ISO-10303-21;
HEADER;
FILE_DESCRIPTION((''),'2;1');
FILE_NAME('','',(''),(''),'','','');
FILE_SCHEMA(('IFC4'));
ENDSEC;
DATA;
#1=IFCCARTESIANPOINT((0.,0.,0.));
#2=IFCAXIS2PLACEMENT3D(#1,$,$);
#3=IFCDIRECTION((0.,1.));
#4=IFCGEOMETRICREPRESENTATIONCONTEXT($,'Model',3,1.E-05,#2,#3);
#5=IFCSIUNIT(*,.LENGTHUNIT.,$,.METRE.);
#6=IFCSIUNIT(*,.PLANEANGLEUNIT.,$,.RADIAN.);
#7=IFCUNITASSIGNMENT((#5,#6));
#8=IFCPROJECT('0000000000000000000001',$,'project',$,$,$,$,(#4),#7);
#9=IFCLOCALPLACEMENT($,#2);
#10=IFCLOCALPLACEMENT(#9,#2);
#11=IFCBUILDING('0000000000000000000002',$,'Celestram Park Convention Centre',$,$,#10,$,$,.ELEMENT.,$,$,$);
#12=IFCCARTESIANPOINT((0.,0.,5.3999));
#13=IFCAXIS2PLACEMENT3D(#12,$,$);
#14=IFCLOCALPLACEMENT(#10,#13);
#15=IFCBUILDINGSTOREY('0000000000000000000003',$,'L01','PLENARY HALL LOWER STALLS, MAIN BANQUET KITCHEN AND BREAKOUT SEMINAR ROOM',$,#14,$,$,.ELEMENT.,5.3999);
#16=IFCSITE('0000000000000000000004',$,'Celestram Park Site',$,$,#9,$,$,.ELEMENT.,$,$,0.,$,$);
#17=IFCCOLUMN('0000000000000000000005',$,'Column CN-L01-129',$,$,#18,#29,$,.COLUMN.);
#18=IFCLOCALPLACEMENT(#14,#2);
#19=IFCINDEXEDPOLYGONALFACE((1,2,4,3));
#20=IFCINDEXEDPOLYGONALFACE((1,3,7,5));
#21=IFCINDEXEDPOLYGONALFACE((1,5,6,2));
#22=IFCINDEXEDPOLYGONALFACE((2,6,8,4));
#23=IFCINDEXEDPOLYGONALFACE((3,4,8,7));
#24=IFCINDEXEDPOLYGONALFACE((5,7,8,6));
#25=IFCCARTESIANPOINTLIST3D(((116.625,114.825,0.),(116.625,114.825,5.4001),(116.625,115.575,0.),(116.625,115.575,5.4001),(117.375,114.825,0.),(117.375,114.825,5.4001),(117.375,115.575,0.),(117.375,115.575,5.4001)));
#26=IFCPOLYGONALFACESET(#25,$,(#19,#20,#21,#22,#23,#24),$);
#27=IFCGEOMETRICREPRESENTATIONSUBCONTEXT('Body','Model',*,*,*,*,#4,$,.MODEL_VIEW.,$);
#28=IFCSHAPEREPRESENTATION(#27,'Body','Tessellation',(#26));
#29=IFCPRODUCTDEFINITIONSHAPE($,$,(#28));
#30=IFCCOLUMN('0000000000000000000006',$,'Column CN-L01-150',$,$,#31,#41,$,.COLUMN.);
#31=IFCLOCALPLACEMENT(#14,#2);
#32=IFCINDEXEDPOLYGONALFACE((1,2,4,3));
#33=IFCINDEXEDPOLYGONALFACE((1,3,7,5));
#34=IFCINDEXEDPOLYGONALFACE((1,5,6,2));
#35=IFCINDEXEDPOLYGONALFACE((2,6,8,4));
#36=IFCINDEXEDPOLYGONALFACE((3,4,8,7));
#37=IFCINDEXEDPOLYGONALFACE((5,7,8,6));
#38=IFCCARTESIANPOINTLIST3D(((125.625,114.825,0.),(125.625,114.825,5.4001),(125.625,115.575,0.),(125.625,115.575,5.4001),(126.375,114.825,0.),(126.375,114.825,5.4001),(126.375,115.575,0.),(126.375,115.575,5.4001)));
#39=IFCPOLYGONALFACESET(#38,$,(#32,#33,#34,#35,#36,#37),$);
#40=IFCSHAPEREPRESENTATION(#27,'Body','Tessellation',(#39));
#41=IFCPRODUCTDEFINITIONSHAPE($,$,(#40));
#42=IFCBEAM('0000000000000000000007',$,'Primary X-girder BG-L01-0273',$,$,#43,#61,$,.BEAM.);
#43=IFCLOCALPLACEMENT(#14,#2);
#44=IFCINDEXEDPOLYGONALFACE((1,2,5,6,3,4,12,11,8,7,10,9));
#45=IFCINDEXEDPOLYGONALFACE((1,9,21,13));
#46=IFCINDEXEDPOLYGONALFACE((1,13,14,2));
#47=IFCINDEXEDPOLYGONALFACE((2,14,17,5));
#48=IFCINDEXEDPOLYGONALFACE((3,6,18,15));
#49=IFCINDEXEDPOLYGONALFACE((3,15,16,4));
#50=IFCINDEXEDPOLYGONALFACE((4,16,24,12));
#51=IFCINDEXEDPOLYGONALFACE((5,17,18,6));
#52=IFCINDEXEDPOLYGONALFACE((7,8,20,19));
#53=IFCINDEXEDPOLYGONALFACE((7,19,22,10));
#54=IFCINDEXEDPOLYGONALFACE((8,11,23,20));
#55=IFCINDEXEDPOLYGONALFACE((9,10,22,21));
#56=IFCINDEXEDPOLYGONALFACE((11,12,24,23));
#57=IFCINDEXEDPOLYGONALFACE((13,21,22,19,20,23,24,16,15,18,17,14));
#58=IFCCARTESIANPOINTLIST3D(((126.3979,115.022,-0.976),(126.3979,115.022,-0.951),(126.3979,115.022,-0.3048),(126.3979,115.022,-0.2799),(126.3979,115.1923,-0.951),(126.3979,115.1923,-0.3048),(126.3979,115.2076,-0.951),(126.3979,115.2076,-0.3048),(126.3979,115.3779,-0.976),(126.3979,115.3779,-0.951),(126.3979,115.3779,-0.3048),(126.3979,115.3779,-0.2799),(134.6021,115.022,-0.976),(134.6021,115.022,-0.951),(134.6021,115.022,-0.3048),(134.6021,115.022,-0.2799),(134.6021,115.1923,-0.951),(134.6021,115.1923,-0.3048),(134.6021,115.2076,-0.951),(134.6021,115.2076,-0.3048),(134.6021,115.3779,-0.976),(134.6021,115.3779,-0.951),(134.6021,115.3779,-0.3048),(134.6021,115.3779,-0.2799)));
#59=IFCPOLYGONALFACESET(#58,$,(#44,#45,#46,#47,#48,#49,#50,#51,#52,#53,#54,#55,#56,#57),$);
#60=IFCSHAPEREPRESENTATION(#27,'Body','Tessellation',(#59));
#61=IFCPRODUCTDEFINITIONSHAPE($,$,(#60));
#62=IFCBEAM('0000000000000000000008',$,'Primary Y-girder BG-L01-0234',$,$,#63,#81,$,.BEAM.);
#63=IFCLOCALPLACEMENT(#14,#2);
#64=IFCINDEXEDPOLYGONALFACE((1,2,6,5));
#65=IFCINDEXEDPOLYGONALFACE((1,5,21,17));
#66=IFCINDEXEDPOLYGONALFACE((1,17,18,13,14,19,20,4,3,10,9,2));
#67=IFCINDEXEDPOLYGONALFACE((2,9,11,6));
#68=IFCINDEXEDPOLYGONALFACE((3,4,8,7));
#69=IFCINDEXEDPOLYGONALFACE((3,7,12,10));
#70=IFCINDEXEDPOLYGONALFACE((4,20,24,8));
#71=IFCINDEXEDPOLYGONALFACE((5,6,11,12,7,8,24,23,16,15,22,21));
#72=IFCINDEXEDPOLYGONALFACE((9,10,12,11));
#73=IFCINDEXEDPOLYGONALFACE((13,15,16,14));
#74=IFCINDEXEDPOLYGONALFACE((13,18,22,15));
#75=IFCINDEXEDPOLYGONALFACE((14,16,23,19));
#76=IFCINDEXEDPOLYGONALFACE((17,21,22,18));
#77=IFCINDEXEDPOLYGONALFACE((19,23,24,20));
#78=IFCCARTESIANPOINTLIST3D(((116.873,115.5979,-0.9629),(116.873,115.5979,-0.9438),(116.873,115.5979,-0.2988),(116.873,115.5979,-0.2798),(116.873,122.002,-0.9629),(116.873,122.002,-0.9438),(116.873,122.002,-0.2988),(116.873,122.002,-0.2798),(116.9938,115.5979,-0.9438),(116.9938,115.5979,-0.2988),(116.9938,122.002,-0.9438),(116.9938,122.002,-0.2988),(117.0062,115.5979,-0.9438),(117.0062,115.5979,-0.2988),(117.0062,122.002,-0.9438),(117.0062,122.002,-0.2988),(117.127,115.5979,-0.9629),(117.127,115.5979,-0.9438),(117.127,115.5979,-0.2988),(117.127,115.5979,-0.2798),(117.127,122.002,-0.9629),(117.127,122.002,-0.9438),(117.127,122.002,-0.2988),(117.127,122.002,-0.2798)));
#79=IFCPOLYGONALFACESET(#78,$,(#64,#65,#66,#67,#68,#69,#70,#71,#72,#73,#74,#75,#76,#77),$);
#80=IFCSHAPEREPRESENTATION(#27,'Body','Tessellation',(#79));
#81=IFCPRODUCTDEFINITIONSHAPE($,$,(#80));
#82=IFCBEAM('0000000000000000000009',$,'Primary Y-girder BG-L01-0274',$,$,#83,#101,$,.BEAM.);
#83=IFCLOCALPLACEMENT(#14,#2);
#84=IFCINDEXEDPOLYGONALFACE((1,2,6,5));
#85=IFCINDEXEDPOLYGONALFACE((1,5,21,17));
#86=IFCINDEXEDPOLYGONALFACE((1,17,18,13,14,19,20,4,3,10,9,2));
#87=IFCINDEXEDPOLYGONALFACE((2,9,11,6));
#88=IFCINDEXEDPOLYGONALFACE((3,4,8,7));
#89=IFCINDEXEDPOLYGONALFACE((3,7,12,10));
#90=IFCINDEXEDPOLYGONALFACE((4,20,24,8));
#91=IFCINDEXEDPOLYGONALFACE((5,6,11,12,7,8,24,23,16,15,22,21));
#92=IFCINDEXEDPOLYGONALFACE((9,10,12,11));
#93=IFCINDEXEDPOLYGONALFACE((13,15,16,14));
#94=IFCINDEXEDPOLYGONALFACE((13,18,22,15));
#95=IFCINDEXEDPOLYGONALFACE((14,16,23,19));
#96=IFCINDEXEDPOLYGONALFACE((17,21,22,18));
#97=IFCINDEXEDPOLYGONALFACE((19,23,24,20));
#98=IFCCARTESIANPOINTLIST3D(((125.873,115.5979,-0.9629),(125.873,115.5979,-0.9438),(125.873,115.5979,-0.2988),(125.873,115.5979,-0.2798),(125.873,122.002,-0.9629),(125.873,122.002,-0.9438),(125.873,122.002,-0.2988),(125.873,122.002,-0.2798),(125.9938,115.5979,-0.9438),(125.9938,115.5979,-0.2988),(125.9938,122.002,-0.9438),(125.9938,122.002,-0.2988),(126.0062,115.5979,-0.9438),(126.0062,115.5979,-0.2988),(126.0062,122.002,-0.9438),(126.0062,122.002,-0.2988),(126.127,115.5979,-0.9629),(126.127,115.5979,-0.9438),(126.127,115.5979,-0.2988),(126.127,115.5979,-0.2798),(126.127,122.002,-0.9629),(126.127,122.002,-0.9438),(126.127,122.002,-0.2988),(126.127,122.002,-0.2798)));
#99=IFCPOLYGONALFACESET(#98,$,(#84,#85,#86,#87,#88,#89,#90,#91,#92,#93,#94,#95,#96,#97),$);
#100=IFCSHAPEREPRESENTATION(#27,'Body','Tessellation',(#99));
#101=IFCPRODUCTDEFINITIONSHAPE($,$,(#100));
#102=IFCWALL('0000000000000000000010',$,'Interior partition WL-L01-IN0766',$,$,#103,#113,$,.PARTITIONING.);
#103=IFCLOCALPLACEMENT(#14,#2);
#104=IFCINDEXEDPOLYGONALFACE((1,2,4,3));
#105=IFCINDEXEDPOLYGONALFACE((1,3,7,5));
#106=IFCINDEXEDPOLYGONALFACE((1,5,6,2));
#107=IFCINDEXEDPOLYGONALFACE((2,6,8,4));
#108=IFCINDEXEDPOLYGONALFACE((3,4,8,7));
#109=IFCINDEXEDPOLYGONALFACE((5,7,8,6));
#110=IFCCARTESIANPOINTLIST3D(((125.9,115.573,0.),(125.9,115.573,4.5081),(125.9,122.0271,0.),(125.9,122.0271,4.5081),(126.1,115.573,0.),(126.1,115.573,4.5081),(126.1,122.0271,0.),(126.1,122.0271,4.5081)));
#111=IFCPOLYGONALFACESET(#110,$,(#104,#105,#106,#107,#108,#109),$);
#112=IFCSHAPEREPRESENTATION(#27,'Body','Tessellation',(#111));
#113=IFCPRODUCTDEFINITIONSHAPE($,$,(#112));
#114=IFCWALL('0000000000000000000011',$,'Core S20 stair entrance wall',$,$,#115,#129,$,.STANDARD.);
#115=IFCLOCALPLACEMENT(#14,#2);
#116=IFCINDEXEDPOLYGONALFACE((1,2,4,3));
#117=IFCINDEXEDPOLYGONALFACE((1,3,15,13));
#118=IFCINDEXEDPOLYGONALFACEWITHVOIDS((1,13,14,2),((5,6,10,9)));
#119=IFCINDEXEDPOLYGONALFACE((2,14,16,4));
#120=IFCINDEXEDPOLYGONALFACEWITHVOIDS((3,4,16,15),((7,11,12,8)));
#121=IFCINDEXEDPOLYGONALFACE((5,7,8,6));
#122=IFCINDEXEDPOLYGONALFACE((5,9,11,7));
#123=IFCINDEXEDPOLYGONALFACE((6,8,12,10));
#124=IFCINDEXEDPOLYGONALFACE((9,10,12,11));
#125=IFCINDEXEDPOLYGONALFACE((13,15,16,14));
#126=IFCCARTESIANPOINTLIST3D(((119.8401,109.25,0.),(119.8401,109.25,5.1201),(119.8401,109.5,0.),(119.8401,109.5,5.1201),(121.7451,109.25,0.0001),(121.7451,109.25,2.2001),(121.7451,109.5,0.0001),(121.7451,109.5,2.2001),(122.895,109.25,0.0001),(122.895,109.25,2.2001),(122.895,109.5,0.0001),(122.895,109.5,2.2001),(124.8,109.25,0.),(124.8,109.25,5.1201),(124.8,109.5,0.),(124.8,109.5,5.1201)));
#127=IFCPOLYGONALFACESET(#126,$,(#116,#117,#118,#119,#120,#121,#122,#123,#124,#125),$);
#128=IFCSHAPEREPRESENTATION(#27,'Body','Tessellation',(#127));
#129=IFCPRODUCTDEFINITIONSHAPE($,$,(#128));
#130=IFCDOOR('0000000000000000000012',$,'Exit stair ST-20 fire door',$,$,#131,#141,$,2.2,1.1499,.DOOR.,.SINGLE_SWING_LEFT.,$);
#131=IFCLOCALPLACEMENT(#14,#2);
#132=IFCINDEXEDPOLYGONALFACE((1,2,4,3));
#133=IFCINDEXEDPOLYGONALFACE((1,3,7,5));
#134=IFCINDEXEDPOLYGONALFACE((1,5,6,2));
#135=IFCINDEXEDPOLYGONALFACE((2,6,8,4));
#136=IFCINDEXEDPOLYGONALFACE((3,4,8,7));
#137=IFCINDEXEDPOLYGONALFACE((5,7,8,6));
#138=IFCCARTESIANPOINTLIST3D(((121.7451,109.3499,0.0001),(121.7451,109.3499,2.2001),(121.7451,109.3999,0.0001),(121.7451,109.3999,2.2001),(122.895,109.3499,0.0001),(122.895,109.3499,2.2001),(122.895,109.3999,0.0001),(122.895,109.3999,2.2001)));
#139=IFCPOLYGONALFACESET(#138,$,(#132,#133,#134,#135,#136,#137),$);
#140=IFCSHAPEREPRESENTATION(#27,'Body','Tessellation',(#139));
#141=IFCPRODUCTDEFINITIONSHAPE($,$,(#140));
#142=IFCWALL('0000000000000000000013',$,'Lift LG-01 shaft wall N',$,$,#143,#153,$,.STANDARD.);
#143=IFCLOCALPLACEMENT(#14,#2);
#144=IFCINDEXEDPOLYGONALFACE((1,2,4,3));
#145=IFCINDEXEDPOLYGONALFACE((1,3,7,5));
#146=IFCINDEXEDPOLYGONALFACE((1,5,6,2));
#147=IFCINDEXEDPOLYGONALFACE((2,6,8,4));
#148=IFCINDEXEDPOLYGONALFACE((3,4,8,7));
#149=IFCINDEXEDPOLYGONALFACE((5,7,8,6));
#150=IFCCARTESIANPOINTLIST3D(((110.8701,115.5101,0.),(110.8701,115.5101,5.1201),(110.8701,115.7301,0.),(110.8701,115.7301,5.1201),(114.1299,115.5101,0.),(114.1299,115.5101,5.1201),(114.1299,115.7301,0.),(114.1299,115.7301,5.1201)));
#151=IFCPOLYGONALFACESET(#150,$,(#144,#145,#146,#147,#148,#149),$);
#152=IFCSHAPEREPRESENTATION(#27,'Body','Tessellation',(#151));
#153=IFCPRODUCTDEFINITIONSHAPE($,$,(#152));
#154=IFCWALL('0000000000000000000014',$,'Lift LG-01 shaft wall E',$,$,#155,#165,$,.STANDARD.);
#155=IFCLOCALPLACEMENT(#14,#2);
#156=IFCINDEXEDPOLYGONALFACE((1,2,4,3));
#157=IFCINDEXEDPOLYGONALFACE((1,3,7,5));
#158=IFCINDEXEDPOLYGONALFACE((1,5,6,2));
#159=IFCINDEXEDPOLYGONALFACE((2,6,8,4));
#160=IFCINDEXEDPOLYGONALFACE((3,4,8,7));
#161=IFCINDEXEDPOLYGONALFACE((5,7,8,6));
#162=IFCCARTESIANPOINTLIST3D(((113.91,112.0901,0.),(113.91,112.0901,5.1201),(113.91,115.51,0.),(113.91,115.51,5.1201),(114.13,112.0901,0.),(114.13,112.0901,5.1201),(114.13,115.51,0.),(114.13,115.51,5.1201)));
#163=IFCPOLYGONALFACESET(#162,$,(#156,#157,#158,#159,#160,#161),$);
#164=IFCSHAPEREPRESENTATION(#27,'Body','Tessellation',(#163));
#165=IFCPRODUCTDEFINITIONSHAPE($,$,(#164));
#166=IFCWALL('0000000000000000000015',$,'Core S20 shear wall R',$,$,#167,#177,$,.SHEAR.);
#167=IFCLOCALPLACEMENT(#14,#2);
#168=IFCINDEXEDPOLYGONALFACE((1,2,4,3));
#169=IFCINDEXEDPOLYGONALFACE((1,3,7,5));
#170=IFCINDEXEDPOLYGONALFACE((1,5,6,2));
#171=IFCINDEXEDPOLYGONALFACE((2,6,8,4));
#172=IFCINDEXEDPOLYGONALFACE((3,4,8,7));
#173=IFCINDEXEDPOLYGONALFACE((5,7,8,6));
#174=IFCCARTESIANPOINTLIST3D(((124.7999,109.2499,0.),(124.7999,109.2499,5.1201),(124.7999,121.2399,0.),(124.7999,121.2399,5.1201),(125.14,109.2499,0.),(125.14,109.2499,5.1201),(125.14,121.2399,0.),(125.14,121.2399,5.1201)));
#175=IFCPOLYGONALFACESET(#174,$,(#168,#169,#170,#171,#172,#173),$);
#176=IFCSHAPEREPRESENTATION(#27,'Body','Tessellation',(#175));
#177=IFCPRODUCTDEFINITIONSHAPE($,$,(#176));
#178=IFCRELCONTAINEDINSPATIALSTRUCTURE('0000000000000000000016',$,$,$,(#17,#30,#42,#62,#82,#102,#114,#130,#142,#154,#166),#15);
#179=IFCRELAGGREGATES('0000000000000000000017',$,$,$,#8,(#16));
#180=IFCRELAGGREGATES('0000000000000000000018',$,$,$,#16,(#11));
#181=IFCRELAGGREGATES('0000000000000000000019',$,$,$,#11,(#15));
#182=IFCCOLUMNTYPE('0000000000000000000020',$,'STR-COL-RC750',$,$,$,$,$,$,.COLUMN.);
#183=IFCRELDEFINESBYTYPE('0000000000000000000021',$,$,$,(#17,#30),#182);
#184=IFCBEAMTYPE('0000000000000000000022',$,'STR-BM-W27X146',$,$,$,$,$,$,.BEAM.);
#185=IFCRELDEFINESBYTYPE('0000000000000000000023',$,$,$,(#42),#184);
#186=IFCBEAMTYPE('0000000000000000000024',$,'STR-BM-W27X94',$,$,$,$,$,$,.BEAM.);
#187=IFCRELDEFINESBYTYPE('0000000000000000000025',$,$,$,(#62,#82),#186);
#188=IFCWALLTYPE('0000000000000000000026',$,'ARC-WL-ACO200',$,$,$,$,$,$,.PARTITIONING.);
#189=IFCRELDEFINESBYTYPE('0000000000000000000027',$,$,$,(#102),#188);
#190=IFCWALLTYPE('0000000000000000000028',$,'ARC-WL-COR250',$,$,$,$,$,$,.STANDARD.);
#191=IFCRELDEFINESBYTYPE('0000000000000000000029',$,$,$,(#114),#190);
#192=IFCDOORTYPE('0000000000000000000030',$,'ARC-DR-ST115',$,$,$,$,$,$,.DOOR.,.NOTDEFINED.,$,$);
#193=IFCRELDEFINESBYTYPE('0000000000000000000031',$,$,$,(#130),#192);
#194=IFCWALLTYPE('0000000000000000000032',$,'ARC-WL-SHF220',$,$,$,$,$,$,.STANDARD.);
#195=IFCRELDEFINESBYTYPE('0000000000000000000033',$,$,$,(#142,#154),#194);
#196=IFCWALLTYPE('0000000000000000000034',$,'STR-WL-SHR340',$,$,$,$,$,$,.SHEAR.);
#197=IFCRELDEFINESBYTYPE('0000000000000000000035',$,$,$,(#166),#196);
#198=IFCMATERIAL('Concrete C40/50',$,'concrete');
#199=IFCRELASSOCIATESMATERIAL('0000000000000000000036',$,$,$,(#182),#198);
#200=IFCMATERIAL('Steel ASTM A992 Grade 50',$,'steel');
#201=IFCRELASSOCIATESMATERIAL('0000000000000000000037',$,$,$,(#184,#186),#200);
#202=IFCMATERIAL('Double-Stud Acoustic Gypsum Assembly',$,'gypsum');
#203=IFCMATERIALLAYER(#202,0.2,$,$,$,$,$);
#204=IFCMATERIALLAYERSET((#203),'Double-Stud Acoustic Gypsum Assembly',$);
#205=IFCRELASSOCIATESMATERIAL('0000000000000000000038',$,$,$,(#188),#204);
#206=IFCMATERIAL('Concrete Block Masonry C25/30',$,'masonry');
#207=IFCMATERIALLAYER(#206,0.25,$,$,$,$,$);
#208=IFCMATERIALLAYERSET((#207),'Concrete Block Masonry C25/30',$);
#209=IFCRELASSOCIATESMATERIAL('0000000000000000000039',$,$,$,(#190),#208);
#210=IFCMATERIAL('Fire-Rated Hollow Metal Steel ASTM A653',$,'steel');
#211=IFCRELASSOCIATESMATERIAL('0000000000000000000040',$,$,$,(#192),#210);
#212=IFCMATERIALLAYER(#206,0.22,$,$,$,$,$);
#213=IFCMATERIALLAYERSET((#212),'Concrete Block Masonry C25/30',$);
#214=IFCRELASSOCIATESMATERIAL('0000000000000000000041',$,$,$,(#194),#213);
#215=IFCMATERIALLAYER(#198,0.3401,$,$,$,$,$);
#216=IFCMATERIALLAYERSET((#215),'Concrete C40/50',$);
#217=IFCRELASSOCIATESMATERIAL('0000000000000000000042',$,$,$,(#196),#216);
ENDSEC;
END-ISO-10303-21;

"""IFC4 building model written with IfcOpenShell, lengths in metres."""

from ifc_helpers import new_model, si_unit, direction, frame, frame_2d, origin, origin_2d, place, context, subcontext, project, spatial, rectangle, i_section, extrude, material, layer, layer_set, material_profile, profile_set, type_object, element, fill, save


model = new_model("IFC4")

# Units and contexts
model_context = context("Model", 3, precision=1e-05, world=origin(), true_north=direction((0.0, 1.0)))
body_context = subcontext(model_context, "Body", "Model", "MODEL_VIEW")
ifc_project = project(units=[si_unit("LENGTHUNIT", "METRE"), si_unit("PLANEANGLEUNIT", "RADIAN")], contexts=[model_context])

# Site, building, storey
site_placement = place(None, origin())
site = spatial("IfcSite", under=ifc_project, at=site_placement, Name="Celestram Park Site", CompositionType="ELEMENT", RefElevation=0.0)
building_placement = place(site_placement, origin())
building = spatial("IfcBuilding", under=site, at=building_placement, Name="Celestram Park Convention Centre", CompositionType="ELEMENT")
storey_placement = place(building_placement, frame((0.0, 0.0, 5.3999)))
storey = spatial("IfcBuildingStorey", under=building, at=storey_placement, Name="L01", Description="PLENARY HALL LOWER STALLS, MAIN BANQUET KITCHEN AND BREAKOUT SEMINAR ROOM", CompositionType="ELEMENT", Elevation=5.3999)

# Columns
ifc_material_1 = material(Name="Concrete C40/50", Category="concrete")
ifc_material_profile_1 = material_profile(ifc_material_1, rectangle(XDim=0.75, YDim=0.75, at=origin_2d()), Name="RC750X750")
ifc_profile_set_1 = profile_set([ifc_material_profile_1], Name="Concrete C40/50")
column_type = type_object("IfcColumnType", Name="STR-COL-RC750", PredefinedType="COLUMN", material=ifc_profile_set_1)
for number, where, z_axis, x_axis, name in (
    (1, (117.0, 115.2, 0.0), (0.0, 0.0, 1.0), (1.0, 0.0, 0.0), "Column CN-L01-129"),
    (2, (126.0, 115.2, 0.0), (0.0, 0.0, 1.0), (1.0, 0.0, 0.0), "Column CN-L01-150"),
):
    element("IfcColumn", number, at=place(storey_placement, frame(where, z_axis=z_axis, x_axis=x_axis)), inside=storey, type_object=column_type, Name=name, PredefinedType="COLUMN", context=body_context, shape_type="SweptSolid", body=[
        extrude(rectangle(XDim=0.75, YDim=0.75, at=origin_2d()), origin(), (0.0, 0.0, 1.0), 5.4001),
    ])

# Beams
ifc_material_2 = material(Name="Steel ASTM A992 Grade 50", Category="steel")
ifc_material_profile_2 = material_profile(ifc_material_2, i_section(OverallWidth=0.356, OverallDepth=0.696, WebThickness=0.0154, FlangeThickness=0.0249, at=origin_2d()), Name="W27X146")
ifc_profile_set_2 = profile_set([ifc_material_profile_2], Name="Steel ASTM A992 Grade 50")
beam_type_1 = type_object("IfcBeamType", Name="STR-BM-W27X146", PredefinedType="BEAM", material=ifc_profile_set_2)
beam_placement = place(storey_placement, frame((126.3979, 115.2, -0.6279), z_axis=(1.0, 0.0, 0.0), x_axis=(0.0, 1.0, 0.0)))
element("IfcBeam", 3, at=beam_placement, inside=storey, type_object=beam_type_1, Name="Primary X-girder BG-L01-0273", PredefinedType="BEAM", context=body_context, shape_type="SweptSolid", body=[
    extrude(i_section(OverallWidth=0.356, OverallDepth=0.696, WebThickness=0.0154, FlangeThickness=0.0249, at=origin_2d()), origin(), (0.0, 0.0, 1.0), 8.2041),
])
ifc_material_profile_3 = material_profile(ifc_material_2, i_section(OverallWidth=0.2539, OverallDepth=0.6831, WebThickness=0.0125, FlangeThickness=0.019, at=origin_2d()), Name="W27X94")
ifc_profile_set_3 = profile_set([ifc_material_profile_3], Name="Steel ASTM A992 Grade 50")
beam_type_2 = type_object("IfcBeamType", Name="STR-BM-W27X94", PredefinedType="BEAM", material=ifc_profile_set_3)
for number, where, z_axis, x_axis, name in (
    (4, (117.0, 115.5979, -0.6213), (0.0, 1.0, 0.0), (-1.0, 0.0, 0.0), "Primary Y-girder BG-L01-0234"),
    (5, (126.0, 115.5979, -0.6213), (0.0, 1.0, 0.0), (-1.0, 0.0, 0.0), "Primary Y-girder BG-L01-0274"),
):
    element("IfcBeam", number, at=place(storey_placement, frame(where, z_axis=z_axis, x_axis=x_axis)), inside=storey, type_object=beam_type_2, Name=name, PredefinedType="BEAM", context=body_context, shape_type="SweptSolid", body=[
        extrude(i_section(OverallWidth=0.2539, OverallDepth=0.6831, WebThickness=0.0125, FlangeThickness=0.019, at=origin_2d()), origin(), (0.0, 0.0, 1.0), 6.4041),
    ])

# Wall
ifc_material_3 = material(Name="Double-Stud Acoustic Gypsum Assembly", Category="gypsum")
ifc_layer_1 = layer(ifc_material_3, 0.2)
ifc_layer_set_1 = layer_set([ifc_layer_1], Name="Double-Stud Acoustic Gypsum Assembly")
wall_type_1 = type_object("IfcWallType", Name="ARC-WL-ACO200", PredefinedType="PARTITIONING", material=ifc_layer_set_1)
wall_1_placement = place(storey_placement, frame((126.0, 115.573, 0.0), z_axis=(0.0, 0.0, 1.0), x_axis=(0.0, 1.0, 0.0)))
element("IfcWall", 6, at=wall_1_placement, inside=storey, type_object=wall_type_1, Name="Interior partition WL-L01-IN0766", PredefinedType="PARTITIONING", context=body_context, shape_type="SweptSolid", body=[
    extrude(rectangle(XDim=6.4541, YDim=0.2, at=frame_2d((3.2271, 0.0))), origin(), (0.0, 0.0, 1.0), 4.5081),
])

# Wall, opening, door
ifc_material_4 = material(Name="Concrete Block Masonry C25/30", Category="masonry")
ifc_layer_2 = layer(ifc_material_4, 0.25)
ifc_layer_set_2 = layer_set([ifc_layer_2], Name="Concrete Block Masonry C25/30")
wall_type_2 = type_object("IfcWallType", Name="ARC-WL-COR250", PredefinedType="STANDARD", material=ifc_layer_set_2)
wall_2_placement = place(storey_placement, frame((119.8401, 109.375, 0.0), z_axis=(0.0, 0.0, 1.0), x_axis=(1.0, 0.0, 0.0)))
wall_2 = element("IfcWall", 7, at=wall_2_placement, inside=storey, type_object=wall_type_2, Name="Core S20 stair entrance wall", PredefinedType="STANDARD", context=body_context, shape_type="SweptSolid", body=[
    extrude(rectangle(XDim=4.96, YDim=0.25, at=frame_2d((2.48, 0.0))), origin(), (0.0, 0.0, 1.0), 5.1201),
])
opening_placement = place(wall_2_placement, frame((1.905, 0.0, 0.0)))
opening = element("IfcOpeningElement", 8, at=opening_placement, cuts=wall_2, PredefinedType="OPENING", context=body_context, shape_type="SweptSolid", body=[
    extrude(rectangle(XDim=1.1499, YDim=2.2, at=frame_2d((0.575, 1.1001))), frame((0.0, 0.135, 0.0), z_axis=(0.0, -1.0, 0.0), x_axis=(1.0, 0.0, 0.0)), (0.0, 0.0, 1.0), 0.27),
])
ifc_material_5 = material(Name="Fire-Rated Hollow Metal Steel ASTM A653", Category="steel")
door_type = type_object("IfcDoorType", Name="ARC-DR-ST115", OperationType="NOTDEFINED", PredefinedType="DOOR", material=ifc_material_5)
door_placement = place(opening_placement, origin())
door = element("IfcDoor", 9, at=door_placement, inside=storey, type_object=door_type, Name="Exit stair ST-20 fire door", OperationType="SINGLE_SWING_LEFT", OverallHeight=2.2, OverallWidth=1.1499, PredefinedType="DOOR", context=body_context, shape_type="SweptSolid", body=[
    extrude(rectangle(XDim=1.1499, YDim=2.2, at=frame_2d((0.575, 1.1001))), frame((0.0, 0.0249, 0.0), z_axis=(0.0, -1.0, 0.0), x_axis=(1.0, 0.0, 0.0)), (0.0, 0.0, 1.0), 0.05),
])
fill(opening, door)

# Walls
ifc_layer_3 = layer(ifc_material_4, 0.22)
ifc_layer_set_3 = layer_set([ifc_layer_3], Name="Concrete Block Masonry C25/30")
wall_type_3 = type_object("IfcWallType", Name="ARC-WL-SHF220", PredefinedType="STANDARD", material=ifc_layer_set_3)
wall_3_placement = place(storey_placement, frame((114.1299, 115.6201, 0.0), z_axis=(0.0, 0.0, 1.0), x_axis=(-1.0, 0.0, 0.0)))
element("IfcWall", 10, at=wall_3_placement, inside=storey, type_object=wall_type_3, Name="Lift LG-01 shaft wall N", PredefinedType="STANDARD", context=body_context, shape_type="SweptSolid", body=[
    extrude(rectangle(XDim=3.2598, YDim=0.22, at=frame_2d((1.6299, 0.0))), origin(), (0.0, 0.0, 1.0), 5.1201),
])
wall_4_placement = place(storey_placement, frame((114.02, 112.0901, 0.0), z_axis=(0.0, 0.0, 1.0), x_axis=(0.0, 1.0, 0.0)))
element("IfcWall", 11, at=wall_4_placement, inside=storey, type_object=wall_type_3, Name="Lift LG-01 shaft wall E", PredefinedType="STANDARD", context=body_context, shape_type="SweptSolid", body=[
    extrude(rectangle(XDim=3.4199, YDim=0.22, at=frame_2d((1.71, 0.0))), origin(), (0.0, 0.0, 1.0), 5.1201),
])
ifc_layer_4 = layer(ifc_material_1, 0.3401)
ifc_layer_set_4 = layer_set([ifc_layer_4], Name="Concrete C40/50")
wall_type_4 = type_object("IfcWallType", Name="STR-WL-SHR340", PredefinedType="SHEAR", material=ifc_layer_set_4)
wall_5_placement = place(storey_placement, frame((124.97, 121.24, 0.0), z_axis=(0.0, 0.0, 1.0), x_axis=(0.0, -1.0, 0.0)))
element("IfcWall", 12, at=wall_5_placement, inside=storey, type_object=wall_type_4, Name="Core S20 shear wall R", PredefinedType="SHEAR", context=body_context, shape_type="SweptSolid", body=[
    extrude(rectangle(XDim=11.99, YDim=0.3401, at=frame_2d((5.9951, 0.0))), origin(), (0.0, 0.0, 1.0), 5.1201),
])

save(model, "model.ifc")
